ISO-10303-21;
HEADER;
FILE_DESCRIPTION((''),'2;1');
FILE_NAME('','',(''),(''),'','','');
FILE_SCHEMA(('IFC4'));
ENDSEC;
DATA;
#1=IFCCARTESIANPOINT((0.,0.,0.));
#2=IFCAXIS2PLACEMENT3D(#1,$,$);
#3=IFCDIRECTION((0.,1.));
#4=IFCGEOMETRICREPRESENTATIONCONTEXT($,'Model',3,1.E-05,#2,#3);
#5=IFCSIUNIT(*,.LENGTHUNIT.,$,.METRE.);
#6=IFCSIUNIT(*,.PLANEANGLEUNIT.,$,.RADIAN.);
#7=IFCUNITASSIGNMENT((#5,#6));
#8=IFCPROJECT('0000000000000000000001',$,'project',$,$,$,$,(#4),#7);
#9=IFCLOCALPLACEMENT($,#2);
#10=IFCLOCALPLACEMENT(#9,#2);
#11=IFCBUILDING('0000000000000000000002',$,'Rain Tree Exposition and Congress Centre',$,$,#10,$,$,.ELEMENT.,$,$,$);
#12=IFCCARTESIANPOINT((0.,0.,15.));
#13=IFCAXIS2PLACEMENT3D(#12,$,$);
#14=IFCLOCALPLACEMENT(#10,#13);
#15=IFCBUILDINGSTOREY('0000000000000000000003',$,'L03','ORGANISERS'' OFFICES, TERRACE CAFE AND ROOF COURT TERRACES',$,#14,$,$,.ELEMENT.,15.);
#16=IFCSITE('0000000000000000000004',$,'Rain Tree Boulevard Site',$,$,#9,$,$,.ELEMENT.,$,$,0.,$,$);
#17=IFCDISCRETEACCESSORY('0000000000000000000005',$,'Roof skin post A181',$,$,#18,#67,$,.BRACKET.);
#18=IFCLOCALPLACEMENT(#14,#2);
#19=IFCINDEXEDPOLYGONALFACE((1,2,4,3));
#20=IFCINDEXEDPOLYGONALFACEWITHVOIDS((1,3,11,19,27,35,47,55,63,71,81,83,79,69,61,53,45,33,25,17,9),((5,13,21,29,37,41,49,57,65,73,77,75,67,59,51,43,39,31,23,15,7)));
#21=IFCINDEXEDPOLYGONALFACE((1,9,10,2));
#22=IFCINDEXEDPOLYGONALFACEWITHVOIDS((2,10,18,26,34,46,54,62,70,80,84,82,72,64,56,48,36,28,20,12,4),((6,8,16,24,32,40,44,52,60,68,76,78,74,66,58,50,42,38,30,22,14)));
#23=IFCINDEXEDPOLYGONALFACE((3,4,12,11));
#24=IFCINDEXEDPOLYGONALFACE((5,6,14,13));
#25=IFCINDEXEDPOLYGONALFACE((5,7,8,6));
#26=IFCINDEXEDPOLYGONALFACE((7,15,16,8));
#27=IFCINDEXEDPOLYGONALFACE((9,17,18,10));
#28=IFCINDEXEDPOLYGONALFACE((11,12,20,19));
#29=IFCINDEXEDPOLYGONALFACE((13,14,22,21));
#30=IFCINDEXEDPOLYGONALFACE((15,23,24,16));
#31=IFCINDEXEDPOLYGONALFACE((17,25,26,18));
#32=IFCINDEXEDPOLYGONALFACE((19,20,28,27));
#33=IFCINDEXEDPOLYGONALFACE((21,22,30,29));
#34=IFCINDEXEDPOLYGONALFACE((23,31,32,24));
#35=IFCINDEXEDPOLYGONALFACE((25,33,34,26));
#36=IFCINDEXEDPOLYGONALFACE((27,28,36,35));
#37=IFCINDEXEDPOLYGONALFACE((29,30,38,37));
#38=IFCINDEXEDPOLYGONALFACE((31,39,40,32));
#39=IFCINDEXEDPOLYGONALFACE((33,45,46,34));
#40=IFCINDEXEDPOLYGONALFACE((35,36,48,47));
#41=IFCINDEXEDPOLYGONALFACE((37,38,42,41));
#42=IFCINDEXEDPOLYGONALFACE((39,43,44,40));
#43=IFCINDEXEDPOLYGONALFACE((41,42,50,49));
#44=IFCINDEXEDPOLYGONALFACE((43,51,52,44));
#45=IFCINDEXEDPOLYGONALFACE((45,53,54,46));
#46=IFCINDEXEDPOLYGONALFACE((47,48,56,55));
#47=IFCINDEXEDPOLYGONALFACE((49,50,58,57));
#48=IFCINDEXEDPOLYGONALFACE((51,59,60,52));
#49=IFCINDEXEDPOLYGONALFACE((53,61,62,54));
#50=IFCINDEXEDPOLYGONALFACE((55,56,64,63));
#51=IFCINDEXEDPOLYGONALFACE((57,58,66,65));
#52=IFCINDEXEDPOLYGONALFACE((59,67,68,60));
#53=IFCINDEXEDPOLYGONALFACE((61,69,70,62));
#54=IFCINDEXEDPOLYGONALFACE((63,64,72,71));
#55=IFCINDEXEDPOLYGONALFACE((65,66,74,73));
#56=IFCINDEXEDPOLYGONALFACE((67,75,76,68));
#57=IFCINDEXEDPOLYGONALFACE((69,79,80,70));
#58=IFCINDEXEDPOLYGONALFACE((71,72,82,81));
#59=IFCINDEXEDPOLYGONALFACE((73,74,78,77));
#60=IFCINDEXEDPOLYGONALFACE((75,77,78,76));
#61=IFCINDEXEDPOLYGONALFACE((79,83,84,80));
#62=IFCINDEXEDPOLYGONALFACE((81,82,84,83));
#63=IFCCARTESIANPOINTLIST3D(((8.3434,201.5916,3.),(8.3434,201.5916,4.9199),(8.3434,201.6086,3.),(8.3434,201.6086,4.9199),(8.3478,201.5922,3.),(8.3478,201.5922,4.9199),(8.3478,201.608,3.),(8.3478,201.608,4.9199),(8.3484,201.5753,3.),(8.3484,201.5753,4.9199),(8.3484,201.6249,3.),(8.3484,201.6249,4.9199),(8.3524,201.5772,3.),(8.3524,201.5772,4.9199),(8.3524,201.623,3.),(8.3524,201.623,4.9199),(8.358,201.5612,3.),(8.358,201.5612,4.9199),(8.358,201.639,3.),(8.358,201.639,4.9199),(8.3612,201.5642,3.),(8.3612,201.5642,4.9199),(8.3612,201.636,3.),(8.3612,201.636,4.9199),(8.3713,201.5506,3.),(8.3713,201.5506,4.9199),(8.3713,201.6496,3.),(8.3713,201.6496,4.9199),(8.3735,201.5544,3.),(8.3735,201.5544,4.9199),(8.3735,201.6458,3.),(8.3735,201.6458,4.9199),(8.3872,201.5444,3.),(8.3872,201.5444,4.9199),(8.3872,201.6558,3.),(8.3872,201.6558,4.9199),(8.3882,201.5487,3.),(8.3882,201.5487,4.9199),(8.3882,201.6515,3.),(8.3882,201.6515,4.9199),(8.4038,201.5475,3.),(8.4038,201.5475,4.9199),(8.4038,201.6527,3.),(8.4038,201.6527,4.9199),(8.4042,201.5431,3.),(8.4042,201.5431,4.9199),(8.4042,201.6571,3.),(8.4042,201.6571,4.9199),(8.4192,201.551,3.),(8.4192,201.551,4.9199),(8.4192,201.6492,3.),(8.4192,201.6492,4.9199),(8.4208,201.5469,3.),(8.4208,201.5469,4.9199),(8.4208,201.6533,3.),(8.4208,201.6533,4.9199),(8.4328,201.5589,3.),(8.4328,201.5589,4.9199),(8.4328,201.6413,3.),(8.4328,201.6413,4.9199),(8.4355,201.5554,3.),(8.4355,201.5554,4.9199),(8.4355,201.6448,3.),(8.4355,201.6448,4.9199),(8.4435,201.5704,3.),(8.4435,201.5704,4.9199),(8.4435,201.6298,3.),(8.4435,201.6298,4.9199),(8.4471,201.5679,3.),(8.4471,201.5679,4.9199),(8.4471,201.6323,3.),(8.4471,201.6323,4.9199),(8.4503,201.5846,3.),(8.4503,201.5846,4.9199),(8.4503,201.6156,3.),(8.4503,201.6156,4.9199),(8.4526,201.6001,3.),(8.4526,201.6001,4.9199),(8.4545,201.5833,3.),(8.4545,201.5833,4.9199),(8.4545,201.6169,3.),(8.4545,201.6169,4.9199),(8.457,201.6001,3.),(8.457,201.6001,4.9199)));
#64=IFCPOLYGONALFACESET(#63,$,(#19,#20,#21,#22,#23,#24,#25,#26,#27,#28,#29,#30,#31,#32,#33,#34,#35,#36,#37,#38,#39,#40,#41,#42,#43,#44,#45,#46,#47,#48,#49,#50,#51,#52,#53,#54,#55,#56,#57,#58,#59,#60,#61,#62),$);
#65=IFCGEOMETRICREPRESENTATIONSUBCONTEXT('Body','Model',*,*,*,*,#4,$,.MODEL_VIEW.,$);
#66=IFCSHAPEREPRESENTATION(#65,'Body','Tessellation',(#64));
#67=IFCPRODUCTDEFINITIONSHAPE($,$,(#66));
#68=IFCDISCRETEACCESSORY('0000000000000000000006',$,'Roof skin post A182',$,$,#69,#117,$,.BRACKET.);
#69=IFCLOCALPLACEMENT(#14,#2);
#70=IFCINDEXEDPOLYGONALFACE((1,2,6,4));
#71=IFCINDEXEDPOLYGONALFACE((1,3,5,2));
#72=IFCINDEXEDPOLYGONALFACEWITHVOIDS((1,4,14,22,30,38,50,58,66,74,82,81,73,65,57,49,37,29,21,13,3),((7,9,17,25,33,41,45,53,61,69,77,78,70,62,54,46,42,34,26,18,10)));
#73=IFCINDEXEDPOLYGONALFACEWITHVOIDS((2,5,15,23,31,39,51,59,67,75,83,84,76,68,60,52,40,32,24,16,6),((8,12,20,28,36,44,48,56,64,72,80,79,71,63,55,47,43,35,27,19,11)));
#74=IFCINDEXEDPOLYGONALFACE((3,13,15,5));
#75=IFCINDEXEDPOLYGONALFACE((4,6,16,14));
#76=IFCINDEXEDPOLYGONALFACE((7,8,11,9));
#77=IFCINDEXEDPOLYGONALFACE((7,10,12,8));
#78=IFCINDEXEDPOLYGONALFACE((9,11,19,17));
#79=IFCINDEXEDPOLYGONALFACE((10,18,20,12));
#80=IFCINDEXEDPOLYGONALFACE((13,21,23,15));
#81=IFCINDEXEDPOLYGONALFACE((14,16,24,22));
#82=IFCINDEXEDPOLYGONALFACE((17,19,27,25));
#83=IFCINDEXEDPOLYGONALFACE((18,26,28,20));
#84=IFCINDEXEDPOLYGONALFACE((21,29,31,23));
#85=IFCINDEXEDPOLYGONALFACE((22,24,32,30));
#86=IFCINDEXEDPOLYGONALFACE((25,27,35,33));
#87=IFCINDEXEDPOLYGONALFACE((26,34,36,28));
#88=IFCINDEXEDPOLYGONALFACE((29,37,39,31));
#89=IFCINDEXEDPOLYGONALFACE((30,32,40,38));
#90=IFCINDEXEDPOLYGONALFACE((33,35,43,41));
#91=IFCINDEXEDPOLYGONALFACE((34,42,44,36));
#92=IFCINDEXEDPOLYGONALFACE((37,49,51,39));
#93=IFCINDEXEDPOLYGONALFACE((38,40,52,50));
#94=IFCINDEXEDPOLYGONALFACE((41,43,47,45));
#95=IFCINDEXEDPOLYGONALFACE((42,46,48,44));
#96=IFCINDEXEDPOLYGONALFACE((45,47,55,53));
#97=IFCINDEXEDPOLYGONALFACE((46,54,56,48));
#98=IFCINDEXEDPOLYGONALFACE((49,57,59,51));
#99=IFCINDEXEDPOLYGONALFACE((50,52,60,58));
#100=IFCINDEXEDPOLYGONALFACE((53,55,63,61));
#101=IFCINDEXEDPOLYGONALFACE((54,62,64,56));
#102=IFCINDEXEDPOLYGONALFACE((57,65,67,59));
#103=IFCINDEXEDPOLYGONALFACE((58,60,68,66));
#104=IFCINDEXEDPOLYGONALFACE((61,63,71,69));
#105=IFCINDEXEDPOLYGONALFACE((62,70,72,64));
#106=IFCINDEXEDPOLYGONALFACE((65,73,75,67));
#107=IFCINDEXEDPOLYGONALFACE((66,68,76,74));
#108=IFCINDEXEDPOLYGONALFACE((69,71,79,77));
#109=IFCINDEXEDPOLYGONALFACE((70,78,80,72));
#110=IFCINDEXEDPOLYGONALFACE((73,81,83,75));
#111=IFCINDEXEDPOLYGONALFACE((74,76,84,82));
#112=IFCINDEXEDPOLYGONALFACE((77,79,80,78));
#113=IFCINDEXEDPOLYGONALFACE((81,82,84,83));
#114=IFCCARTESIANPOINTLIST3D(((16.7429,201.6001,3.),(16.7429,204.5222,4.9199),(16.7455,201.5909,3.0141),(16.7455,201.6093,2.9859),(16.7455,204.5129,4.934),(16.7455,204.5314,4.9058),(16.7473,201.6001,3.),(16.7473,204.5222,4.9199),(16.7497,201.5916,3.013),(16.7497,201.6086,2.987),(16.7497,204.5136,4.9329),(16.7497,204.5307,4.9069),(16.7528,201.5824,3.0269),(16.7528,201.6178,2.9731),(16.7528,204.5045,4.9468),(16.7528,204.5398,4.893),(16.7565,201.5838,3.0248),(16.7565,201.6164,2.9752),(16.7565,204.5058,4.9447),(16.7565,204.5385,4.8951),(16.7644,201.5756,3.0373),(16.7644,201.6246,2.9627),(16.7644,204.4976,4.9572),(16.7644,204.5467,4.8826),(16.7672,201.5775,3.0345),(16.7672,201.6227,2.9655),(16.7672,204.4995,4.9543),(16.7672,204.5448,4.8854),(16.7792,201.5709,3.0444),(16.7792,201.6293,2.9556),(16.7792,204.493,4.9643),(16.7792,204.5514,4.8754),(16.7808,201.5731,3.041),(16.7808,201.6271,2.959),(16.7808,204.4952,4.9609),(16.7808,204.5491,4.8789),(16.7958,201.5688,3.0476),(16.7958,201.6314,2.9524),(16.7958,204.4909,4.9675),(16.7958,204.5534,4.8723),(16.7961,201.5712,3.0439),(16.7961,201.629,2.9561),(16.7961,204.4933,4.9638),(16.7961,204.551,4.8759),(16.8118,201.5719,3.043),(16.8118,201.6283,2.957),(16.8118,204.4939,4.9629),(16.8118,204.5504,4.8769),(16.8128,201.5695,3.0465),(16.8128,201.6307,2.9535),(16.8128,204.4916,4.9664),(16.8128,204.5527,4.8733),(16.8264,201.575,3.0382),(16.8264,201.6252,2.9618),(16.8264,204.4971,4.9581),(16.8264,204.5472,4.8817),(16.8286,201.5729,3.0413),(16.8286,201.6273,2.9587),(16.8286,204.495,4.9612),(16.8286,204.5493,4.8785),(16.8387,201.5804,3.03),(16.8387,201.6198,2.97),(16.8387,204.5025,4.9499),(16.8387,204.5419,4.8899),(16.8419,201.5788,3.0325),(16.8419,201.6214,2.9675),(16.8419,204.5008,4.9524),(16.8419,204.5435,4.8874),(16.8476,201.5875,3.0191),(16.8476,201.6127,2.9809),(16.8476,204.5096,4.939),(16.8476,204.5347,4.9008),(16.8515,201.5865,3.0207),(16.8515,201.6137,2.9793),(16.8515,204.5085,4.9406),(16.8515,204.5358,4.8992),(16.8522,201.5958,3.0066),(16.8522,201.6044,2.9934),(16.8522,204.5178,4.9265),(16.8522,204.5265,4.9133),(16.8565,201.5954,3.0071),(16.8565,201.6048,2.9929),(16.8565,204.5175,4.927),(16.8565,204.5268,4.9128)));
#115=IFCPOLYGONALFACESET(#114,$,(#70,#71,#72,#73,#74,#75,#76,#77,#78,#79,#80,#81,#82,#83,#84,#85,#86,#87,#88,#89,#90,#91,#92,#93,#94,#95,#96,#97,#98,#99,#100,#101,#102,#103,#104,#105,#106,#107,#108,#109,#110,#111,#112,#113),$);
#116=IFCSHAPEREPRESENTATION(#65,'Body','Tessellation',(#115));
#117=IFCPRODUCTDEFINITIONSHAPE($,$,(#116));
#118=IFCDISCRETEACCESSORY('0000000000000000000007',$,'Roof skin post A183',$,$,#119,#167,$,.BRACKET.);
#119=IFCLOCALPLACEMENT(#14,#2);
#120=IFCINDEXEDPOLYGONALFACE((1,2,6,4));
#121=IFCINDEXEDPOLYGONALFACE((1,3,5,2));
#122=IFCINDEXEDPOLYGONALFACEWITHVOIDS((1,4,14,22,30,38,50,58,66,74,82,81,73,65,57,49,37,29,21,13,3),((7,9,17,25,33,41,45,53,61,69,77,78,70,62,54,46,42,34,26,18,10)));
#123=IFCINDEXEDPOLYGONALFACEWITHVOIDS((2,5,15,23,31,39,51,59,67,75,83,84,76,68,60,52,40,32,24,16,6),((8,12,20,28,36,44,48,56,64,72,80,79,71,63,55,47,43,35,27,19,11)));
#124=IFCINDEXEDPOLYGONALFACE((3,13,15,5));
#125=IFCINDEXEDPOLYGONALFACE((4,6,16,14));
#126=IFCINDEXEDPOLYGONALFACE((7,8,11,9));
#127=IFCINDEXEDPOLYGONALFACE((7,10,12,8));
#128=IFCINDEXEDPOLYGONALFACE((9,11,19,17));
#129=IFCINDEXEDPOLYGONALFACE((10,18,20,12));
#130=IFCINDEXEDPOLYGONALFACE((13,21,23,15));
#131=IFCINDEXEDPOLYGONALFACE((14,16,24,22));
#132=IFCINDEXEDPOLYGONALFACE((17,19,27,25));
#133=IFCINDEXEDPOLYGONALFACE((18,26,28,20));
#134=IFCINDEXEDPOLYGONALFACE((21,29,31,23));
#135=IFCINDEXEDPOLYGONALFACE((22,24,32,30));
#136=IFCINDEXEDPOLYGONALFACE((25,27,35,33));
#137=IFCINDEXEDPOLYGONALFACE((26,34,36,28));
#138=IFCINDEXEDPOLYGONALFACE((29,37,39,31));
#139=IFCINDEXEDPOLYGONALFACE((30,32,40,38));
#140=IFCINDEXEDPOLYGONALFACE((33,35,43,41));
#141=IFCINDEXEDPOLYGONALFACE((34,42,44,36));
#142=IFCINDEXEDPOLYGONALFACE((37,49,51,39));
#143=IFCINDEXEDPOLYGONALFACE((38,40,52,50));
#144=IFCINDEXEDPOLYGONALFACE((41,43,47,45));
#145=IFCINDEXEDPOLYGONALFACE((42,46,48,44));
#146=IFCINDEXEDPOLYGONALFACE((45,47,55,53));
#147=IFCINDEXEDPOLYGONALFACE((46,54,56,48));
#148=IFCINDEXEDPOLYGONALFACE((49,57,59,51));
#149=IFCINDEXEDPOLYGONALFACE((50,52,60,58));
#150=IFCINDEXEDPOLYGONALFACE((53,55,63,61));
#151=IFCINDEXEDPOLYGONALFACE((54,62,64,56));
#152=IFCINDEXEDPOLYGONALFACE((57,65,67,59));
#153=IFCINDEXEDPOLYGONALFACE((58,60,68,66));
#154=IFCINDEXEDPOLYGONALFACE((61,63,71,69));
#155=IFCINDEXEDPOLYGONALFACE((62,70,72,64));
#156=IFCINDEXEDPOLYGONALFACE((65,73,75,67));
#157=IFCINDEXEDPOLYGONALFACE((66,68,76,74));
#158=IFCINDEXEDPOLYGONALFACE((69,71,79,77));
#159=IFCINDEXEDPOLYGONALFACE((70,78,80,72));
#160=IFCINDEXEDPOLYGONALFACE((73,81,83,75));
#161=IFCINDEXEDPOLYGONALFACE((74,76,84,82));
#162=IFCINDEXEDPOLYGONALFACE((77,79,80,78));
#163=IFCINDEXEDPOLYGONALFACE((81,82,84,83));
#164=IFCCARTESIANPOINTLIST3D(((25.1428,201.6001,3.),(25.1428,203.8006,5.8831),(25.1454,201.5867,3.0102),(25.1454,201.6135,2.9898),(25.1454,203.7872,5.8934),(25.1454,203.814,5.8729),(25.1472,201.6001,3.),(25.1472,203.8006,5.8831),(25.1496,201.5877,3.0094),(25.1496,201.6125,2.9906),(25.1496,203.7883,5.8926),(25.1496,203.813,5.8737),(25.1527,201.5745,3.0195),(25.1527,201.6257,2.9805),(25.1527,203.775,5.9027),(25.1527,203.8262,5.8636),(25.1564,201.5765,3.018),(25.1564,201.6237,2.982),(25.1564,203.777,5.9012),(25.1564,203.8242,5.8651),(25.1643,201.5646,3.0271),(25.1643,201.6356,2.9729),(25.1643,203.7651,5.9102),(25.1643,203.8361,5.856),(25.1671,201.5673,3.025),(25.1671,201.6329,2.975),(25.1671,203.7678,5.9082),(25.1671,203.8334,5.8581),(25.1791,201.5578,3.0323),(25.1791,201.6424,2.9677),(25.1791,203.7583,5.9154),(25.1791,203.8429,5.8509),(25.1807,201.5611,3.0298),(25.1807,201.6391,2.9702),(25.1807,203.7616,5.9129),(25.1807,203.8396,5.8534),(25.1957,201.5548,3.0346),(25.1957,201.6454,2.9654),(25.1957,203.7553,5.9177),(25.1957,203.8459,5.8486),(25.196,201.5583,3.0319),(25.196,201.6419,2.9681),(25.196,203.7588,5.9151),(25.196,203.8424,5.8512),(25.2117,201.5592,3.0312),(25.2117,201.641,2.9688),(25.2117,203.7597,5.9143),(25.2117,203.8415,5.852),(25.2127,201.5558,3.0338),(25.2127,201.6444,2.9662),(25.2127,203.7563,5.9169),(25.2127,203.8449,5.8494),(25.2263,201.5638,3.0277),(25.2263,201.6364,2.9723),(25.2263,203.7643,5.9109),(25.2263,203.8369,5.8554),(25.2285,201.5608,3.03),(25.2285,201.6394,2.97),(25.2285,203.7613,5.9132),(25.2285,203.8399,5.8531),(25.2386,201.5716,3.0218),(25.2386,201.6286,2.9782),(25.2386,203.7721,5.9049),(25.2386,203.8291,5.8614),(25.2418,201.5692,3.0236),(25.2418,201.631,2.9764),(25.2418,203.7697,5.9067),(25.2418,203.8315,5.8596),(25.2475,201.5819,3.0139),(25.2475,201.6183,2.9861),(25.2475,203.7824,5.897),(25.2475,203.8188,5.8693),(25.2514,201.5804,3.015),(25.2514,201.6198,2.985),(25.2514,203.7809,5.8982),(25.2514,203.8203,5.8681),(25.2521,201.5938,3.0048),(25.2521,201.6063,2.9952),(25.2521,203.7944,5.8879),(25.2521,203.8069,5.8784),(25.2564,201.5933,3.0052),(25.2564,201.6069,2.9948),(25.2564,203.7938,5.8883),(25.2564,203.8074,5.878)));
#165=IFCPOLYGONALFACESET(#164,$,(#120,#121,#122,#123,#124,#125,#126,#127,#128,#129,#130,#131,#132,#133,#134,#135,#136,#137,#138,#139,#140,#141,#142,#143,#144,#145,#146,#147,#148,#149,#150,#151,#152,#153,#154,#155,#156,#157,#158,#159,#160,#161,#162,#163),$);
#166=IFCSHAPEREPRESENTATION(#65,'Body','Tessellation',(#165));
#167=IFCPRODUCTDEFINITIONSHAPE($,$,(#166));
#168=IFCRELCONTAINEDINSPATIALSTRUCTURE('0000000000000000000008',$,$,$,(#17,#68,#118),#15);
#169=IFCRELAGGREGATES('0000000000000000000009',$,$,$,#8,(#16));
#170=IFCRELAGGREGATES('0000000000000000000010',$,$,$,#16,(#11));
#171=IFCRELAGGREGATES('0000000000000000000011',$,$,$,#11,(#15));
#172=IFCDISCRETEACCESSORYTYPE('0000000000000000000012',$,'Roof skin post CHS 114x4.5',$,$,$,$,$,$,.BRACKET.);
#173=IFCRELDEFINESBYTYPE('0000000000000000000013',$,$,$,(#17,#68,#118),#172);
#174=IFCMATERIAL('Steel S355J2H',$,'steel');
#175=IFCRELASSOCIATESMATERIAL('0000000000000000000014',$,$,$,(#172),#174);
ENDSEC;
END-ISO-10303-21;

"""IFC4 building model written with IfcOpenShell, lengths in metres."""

from ifc_helpers import new_model, si_unit, direction, frame, origin, origin_2d, place, context, subcontext, project, spatial, hollow_circle, extrude, material, material_profile, profile_set, type_object, element, save


model = new_model("IFC4")

# Units and contexts
model_context = context("Model", 3, precision=1e-05, world=origin(), true_north=direction((0.0, 1.0)))
body_context = subcontext(model_context, "Body", "Model", "MODEL_VIEW")
ifc_project = project(units=[si_unit("LENGTHUNIT", "METRE"), si_unit("PLANEANGLEUNIT", "RADIAN")], contexts=[model_context])

# Site, building, storey
site_placement = place(None, origin())
site = spatial("IfcSite", under=ifc_project, at=site_placement, Name="Rain Tree Boulevard Site", CompositionType="ELEMENT", RefElevation=0.0)
building_placement = place(site_placement, origin())
building = spatial("IfcBuilding", under=site, at=building_placement, Name="Rain Tree Exposition and Congress Centre", CompositionType="ELEMENT")
storey_placement = place(building_placement, frame((0.0, 0.0, 15.0)))
storey = spatial("IfcBuildingStorey", under=building, at=storey_placement, Name="L03", Description="ORGANISERS' OFFICES, TERRACE CAFE AND ROOF COURT TERRACES", CompositionType="ELEMENT", Elevation=15.0)

# Discrete accessories
ifc_material_1 = material(Name="Steel S355J2H", Category="steel")
ifc_material_profile_1 = material_profile(ifc_material_1, hollow_circle(Radius=0.0571, WallThickness=0.0044, at=origin_2d()), Name="CHS 114x4.5")
ifc_profile_set_1 = profile_set([ifc_material_profile_1], Name="Steel S355J2H")
discrete_accessory_type_1 = type_object("IfcDiscreteAccessoryType", Name="Roof skin post CHS 114x4.5", PredefinedType="BRACKET", material=ifc_profile_set_1)
discrete_accessory_1_placement = place(storey_placement, frame((8.3999, 201.6001, 3.0), z_axis=(0.0, 0.0, 1.0), x_axis=(1.0, 0.0, 0.0)))
element("IfcDiscreteAccessory", 1, at=discrete_accessory_1_placement, inside=storey, type_object=discrete_accessory_type_1, Name="Roof skin post A181", PredefinedType="BRACKET", context=body_context, shape_type="SweptSolid", body=[
    extrude(hollow_circle(Radius=0.0571, WallThickness=0.0044, at=origin_2d()), origin(), (0.0, 0.0, 1.0), 1.9199),
])
discrete_accessory_2_placement = place(storey_placement, frame((16.8, 201.6001, 3.0), z_axis=(0.0, 0.835749, 0.549112), x_axis=(-1.0, 0.0, 0.0)))
element("IfcDiscreteAccessory", 2, at=discrete_accessory_2_placement, inside=storey, type_object=discrete_accessory_type_1, Name="Roof skin post A182", PredefinedType="BRACKET", context=body_context, shape_type="SweptSolid", body=[
    extrude(hollow_circle(Radius=0.0571, WallThickness=0.0044, at=origin_2d()), origin(), (0.0, 0.0, 1.0), 3.4963),
])
discrete_accessory_3_placement = place(storey_placement, frame((25.2, 201.6001, 3.0), z_axis=(0.0, 0.60671, 0.794923), x_axis=(-1.0, 0.0, 0.0)))
element("IfcDiscreteAccessory", 3, at=discrete_accessory_3_placement, inside=storey, type_object=discrete_accessory_type_1, Name="Roof skin post A183", PredefinedType="BRACKET", context=body_context, shape_type="SweptSolid", body=[
    extrude(hollow_circle(Radius=0.0571, WallThickness=0.0044, at=origin_2d()), origin(), (0.0, 0.0, 1.0), 3.627),
])

save(model, "model.ifc")
